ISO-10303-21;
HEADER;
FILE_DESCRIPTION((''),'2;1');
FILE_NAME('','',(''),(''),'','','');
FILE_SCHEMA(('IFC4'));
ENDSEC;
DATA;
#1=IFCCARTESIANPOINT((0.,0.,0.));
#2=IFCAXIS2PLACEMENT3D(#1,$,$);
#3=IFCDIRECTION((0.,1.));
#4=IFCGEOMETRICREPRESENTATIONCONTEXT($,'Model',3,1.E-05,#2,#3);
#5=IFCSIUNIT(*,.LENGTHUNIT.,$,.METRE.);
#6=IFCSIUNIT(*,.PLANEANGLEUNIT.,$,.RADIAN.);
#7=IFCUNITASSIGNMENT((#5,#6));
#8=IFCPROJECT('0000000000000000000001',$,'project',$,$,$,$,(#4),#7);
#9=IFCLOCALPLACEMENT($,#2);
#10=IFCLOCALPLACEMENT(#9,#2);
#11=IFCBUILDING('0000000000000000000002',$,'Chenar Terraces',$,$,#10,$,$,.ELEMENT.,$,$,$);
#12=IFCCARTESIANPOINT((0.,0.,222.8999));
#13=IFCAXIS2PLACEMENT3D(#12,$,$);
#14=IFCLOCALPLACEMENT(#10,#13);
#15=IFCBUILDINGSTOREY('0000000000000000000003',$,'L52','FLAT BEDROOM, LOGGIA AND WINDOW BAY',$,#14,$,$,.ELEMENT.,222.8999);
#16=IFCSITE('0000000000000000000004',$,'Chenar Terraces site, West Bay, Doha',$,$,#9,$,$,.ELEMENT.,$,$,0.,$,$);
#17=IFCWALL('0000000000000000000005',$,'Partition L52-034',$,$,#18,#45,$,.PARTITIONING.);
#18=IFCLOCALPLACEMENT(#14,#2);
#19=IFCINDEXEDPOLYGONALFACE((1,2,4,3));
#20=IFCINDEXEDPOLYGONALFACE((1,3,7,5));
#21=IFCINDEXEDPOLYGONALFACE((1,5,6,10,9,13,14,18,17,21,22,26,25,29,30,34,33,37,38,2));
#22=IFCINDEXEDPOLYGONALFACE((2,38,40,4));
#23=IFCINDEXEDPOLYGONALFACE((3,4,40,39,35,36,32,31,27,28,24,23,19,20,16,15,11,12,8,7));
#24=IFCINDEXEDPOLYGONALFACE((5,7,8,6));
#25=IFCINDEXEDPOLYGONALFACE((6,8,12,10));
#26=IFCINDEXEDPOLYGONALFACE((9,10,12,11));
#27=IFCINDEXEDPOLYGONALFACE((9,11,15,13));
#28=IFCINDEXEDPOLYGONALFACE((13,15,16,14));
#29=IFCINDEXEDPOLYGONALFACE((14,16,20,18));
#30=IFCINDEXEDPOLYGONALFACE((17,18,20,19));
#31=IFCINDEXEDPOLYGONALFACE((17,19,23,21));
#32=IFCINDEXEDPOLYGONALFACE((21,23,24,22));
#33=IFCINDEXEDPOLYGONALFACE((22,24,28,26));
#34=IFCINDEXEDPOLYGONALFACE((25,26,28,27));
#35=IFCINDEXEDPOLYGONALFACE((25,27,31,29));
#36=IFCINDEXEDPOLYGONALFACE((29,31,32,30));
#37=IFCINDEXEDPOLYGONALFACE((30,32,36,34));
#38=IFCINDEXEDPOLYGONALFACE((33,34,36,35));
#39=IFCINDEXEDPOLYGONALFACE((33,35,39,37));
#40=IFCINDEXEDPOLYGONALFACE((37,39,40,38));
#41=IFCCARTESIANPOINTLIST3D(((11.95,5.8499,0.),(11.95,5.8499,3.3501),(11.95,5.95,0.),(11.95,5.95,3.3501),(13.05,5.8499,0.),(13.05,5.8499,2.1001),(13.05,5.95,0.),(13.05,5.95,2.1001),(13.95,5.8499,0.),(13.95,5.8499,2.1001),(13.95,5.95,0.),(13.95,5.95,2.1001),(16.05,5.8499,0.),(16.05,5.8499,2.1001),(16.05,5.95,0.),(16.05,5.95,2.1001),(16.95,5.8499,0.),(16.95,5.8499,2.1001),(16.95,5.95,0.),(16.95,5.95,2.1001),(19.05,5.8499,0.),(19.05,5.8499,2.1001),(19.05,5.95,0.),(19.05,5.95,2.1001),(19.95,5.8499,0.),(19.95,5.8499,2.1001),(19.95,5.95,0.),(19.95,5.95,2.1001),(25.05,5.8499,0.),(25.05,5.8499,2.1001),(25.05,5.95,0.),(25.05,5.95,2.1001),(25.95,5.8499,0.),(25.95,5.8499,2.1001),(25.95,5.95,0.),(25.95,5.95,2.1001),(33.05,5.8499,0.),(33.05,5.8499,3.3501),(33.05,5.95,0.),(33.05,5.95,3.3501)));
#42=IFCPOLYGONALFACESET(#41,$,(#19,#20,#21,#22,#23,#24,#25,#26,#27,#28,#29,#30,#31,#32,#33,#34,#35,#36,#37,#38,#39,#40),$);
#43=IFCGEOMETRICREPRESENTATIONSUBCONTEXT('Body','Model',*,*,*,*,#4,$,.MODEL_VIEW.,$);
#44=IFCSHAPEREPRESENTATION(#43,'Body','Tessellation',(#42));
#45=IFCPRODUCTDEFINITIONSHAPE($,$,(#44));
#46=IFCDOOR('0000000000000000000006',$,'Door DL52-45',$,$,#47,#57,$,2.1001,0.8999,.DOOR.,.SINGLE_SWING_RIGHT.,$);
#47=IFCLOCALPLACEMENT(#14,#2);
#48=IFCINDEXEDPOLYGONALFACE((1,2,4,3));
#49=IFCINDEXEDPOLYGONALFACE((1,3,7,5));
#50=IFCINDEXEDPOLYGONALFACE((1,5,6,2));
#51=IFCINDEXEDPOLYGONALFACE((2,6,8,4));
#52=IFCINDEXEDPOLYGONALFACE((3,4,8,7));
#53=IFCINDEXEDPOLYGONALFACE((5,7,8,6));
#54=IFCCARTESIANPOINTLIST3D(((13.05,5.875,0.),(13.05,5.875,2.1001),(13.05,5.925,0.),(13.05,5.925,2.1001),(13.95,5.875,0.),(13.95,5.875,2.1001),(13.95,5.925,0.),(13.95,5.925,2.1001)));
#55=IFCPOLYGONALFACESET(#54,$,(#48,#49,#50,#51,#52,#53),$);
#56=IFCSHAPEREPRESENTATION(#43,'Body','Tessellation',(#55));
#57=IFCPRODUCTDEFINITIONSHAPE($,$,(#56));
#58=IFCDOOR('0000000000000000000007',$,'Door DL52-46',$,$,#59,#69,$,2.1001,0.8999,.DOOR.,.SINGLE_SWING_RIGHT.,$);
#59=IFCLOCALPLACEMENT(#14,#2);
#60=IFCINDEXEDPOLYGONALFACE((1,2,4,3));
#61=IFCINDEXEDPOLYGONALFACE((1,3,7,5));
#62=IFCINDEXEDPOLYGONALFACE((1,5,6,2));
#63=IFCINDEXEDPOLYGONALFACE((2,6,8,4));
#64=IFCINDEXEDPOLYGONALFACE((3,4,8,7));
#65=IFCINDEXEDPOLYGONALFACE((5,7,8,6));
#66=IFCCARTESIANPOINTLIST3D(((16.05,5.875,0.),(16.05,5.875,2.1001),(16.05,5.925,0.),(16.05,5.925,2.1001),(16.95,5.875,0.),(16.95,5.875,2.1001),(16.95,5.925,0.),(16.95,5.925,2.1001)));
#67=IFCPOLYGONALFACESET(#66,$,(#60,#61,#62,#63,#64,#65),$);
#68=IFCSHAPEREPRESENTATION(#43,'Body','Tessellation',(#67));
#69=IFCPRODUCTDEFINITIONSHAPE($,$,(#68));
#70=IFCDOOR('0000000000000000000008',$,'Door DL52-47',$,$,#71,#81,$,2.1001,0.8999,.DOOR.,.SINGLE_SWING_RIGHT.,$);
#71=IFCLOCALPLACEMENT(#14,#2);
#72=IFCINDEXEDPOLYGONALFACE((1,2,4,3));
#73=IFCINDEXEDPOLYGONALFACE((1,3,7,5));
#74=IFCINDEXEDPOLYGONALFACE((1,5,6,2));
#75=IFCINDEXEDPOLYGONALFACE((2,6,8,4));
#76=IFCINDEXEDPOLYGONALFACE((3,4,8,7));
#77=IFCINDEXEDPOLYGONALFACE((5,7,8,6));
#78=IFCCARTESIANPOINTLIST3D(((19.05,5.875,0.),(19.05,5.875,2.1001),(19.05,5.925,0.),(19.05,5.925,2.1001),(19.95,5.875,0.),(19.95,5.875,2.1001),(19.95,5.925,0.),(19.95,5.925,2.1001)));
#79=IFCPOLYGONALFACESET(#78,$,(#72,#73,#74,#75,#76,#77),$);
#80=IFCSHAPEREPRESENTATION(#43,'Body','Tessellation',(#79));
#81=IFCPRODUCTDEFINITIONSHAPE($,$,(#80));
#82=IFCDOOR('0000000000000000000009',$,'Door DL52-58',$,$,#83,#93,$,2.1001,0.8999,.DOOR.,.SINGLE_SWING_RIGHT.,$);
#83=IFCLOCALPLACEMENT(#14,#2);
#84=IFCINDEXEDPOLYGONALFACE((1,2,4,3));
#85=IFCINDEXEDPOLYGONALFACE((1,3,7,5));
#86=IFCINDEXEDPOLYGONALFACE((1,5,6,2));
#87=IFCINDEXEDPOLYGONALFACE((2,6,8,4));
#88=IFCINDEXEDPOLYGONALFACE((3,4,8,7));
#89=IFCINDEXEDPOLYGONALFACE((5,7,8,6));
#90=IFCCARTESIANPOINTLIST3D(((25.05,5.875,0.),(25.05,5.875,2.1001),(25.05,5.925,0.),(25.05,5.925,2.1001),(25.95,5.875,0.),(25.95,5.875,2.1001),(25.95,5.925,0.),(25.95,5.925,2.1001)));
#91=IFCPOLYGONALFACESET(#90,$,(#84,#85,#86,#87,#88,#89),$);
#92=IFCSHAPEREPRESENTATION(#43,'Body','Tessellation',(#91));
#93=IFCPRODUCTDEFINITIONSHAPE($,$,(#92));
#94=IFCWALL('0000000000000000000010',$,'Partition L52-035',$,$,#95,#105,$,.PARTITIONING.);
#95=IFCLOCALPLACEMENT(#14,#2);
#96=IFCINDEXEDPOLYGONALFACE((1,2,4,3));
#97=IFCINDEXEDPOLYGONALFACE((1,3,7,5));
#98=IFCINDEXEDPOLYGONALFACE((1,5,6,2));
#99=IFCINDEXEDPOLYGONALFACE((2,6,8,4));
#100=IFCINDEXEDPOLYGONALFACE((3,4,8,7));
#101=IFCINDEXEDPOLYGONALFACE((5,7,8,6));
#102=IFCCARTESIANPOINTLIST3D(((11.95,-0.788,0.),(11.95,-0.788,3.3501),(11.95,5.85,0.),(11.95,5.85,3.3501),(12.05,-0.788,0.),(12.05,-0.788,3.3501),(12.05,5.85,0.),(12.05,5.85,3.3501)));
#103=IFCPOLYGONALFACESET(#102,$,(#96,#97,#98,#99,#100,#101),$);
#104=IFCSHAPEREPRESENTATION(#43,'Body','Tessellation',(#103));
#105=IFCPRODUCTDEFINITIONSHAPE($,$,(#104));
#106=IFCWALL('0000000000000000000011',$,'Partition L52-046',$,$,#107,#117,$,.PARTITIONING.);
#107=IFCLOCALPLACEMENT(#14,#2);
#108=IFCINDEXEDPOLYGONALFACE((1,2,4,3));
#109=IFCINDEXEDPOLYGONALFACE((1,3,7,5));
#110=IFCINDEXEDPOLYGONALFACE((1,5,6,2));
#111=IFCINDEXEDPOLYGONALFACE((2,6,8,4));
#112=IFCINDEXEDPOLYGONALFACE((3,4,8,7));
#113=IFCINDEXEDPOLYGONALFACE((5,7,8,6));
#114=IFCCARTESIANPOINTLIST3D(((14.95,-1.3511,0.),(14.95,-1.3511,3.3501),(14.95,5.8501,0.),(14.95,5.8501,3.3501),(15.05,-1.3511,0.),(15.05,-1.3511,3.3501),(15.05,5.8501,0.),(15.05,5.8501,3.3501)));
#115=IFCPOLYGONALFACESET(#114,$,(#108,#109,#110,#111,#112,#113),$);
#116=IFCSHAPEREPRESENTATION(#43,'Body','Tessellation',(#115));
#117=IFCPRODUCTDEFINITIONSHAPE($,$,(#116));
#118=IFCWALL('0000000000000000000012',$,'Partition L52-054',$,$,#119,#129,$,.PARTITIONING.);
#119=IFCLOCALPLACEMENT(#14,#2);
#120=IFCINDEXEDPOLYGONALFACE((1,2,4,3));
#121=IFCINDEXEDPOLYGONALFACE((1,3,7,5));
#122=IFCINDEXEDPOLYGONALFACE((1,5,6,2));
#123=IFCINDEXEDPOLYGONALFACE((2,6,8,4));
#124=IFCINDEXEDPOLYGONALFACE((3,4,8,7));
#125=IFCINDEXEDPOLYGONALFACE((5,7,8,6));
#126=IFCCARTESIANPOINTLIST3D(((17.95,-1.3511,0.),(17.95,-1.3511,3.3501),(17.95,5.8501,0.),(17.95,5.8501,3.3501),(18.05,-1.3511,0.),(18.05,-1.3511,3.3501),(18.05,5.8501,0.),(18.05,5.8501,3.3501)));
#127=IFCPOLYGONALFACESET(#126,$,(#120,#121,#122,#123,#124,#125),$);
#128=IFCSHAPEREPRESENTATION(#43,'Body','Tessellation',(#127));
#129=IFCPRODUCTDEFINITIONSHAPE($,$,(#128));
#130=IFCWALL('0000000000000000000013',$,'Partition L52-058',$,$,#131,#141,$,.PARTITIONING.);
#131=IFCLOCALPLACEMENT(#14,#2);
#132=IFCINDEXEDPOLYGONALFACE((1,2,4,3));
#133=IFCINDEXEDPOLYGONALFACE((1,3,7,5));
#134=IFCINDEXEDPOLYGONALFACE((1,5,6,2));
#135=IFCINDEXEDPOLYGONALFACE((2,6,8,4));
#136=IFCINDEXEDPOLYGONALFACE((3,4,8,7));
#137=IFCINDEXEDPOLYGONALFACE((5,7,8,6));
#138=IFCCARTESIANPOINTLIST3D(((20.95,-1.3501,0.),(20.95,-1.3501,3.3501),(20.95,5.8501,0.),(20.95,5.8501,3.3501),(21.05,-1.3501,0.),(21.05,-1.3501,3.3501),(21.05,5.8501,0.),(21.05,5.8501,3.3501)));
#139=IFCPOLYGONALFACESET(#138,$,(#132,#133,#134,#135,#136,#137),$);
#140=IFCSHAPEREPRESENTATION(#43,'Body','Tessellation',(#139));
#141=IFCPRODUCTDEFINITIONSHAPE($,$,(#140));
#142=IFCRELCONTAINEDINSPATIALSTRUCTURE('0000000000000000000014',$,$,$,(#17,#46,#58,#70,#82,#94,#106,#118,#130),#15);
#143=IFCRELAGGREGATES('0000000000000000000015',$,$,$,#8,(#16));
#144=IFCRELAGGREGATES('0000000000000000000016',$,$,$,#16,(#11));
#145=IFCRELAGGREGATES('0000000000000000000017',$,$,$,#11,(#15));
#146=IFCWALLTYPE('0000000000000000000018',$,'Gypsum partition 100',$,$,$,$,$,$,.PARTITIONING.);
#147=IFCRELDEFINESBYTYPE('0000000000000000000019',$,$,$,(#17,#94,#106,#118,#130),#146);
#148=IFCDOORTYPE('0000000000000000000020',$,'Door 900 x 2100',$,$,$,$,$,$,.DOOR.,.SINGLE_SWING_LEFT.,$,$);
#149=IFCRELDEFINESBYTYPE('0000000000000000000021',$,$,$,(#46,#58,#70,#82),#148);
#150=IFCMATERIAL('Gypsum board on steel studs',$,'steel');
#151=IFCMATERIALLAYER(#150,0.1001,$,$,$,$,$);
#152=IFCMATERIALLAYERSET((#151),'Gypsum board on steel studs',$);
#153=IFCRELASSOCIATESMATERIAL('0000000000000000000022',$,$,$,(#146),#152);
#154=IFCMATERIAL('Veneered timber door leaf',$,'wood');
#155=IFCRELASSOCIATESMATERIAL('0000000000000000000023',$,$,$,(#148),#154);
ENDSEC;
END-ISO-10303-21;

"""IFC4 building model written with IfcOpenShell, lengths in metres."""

from ifc_helpers import new_model, si_unit, direction, frame, frame_2d, origin, place, context, subcontext, project, spatial, rectangle, extrude, material, layer, layer_set, type_object, element, fill, save


model = new_model("IFC4")

# Units and contexts
model_context = context("Model", 3, precision=1e-05, world=origin(), true_north=direction((0.0, 1.0)))
body_context = subcontext(model_context, "Body", "Model", "MODEL_VIEW")
ifc_project = project(units=[si_unit("LENGTHUNIT", "METRE"), si_unit("PLANEANGLEUNIT", "RADIAN")], contexts=[model_context])

# Site, building, storey
site_placement = place(None, origin())
site = spatial("IfcSite", under=ifc_project, at=site_placement, Name="Chenar Terraces site, West Bay, Doha", CompositionType="ELEMENT", RefElevation=0.0)
building_placement = place(site_placement, origin())
building = spatial("IfcBuilding", under=site, at=building_placement, Name="Chenar Terraces", CompositionType="ELEMENT")
storey_placement = place(building_placement, frame((0.0, 0.0, 222.8999)))
storey = spatial("IfcBuildingStorey", under=building, at=storey_placement, Name="L52", Description="FLAT BEDROOM, LOGGIA AND WINDOW BAY", CompositionType="ELEMENT", Elevation=222.8999)

# Shared definitions
ifc_material_1 = material(Name="Gypsum board on steel studs", Category="steel")
ifc_layer_1 = layer(ifc_material_1, 0.1001)
ifc_layer_set_1 = layer_set([ifc_layer_1], Name="Gypsum board on steel studs")
wall_type_1 = type_object("IfcWallType", Name="Gypsum partition 100", PredefinedType="PARTITIONING", material=ifc_layer_set_1)

# Wall, openings, doors
wall_1_placement = place(storey_placement, frame((11.95, 5.8999, 0.0), z_axis=(0.0, 0.0, 1.0), x_axis=(1.0, 0.0, 0.0)))
wall_1 = element("IfcWall", 1, at=wall_1_placement, inside=storey, type_object=wall_type_1, Name="Partition L52-034", PredefinedType="PARTITIONING", context=body_context, shape_type="SweptSolid", body=[
    extrude(rectangle(XDim=21.1001, YDim=0.1001, at=frame_2d((10.55, 0.0))), origin(), (0.0, 0.0, 1.0), 3.3501),
])
opening_1_placement = place(wall_1_placement, frame((1.1001, 0.0, 0.0)))
opening_1 = element("IfcOpeningElement", 2, at=opening_1_placement, cuts=wall_1, PredefinedType="OPENING", context=body_context, shape_type="SweptSolid", body=[
    extrude(rectangle(XDim=0.8999, YDim=2.1001, at=frame_2d((0.45, 1.05))), frame((0.0, 0.0601, 0.0), z_axis=(0.0, -1.0, 0.0), x_axis=(1.0, 0.0, 0.0)), (0.0, 0.0, 1.0), 0.1201),
])
opening_2_placement = place(wall_1_placement, frame((4.1001, 0.0, 0.0)))
opening_2 = element("IfcOpeningElement", 3, at=opening_2_placement, cuts=wall_1, PredefinedType="OPENING", context=body_context, shape_type="SweptSolid", body=[
    extrude(rectangle(XDim=0.8999, YDim=2.1001, at=frame_2d((0.45, 1.05))), frame((0.0, 0.0601, 0.0), z_axis=(0.0, -1.0, 0.0), x_axis=(1.0, 0.0, 0.0)), (0.0, 0.0, 1.0), 0.1201),
])
opening_3_placement = place(wall_1_placement, frame((7.1001, 0.0, 0.0)))
opening_3 = element("IfcOpeningElement", 4, at=opening_3_placement, cuts=wall_1, PredefinedType="OPENING", context=body_context, shape_type="SweptSolid", body=[
    extrude(rectangle(XDim=0.8999, YDim=2.1001, at=frame_2d((0.45, 1.05))), frame((0.0, 0.0601, 0.0), z_axis=(0.0, -1.0, 0.0), x_axis=(1.0, 0.0, 0.0)), (0.0, 0.0, 1.0), 0.1201),
])
opening_4_placement = place(wall_1_placement, frame((13.1001, 0.0, 0.0)))
opening_4 = element("IfcOpeningElement", 5, at=opening_4_placement, cuts=wall_1, PredefinedType="OPENING", context=body_context, shape_type="SweptSolid", body=[
    extrude(rectangle(XDim=0.8999, YDim=2.1001, at=frame_2d((0.45, 1.05))), frame((0.0, 0.0601, 0.0), z_axis=(0.0, -1.0, 0.0), x_axis=(1.0, 0.0, 0.0)), (0.0, 0.0, 1.0), 0.1201),
])
ifc_material_2 = material(Name="Veneered timber door leaf", Category="wood")
door_type = type_object("IfcDoorType", Name="Door 900 x 2100", OperationType="SINGLE_SWING_LEFT", PredefinedType="DOOR", material=ifc_material_2)
door_1_placement = place(opening_1_placement, frame((0.8999, 0.0, 0.0), z_axis=(0.0, 0.0, 1.0), x_axis=(-1.0, 0.0, 0.0)))
door_1 = element("IfcDoor", 6, at=door_1_placement, inside=storey, type_object=door_type, Name="Door DL52-45", OperationType="SINGLE_SWING_RIGHT", OverallHeight=2.1001, OverallWidth=0.8999, PredefinedType="DOOR", context=body_context, shape_type="SweptSolid", body=[
    extrude(rectangle(XDim=0.8999, YDim=2.1001, at=frame_2d((0.45, 1.05))), frame((0.0, 0.0249, 0.0), z_axis=(0.0, -1.0, 0.0), x_axis=(1.0, 0.0, 0.0)), (0.0, 0.0, 1.0), 0.05),
])
fill(opening_1, door_1)
door_2_placement = place(opening_2_placement, frame((0.8999, 0.0, 0.0), z_axis=(0.0, 0.0, 1.0), x_axis=(-1.0, 0.0, 0.0)))
door_2 = element("IfcDoor", 7, at=door_2_placement, inside=storey, type_object=door_type, Name="Door DL52-46", OperationType="SINGLE_SWING_RIGHT", OverallHeight=2.1001, OverallWidth=0.8999, PredefinedType="DOOR", context=body_context, shape_type="SweptSolid", body=[
    extrude(rectangle(XDim=0.8999, YDim=2.1001, at=frame_2d((0.45, 1.05))), frame((0.0, 0.0249, 0.0), z_axis=(0.0, -1.0, 0.0), x_axis=(1.0, 0.0, 0.0)), (0.0, 0.0, 1.0), 0.05),
])
fill(opening_2, door_2)
door_3_placement = place(opening_3_placement, frame((0.8999, 0.0, 0.0), z_axis=(0.0, 0.0, 1.0), x_axis=(-1.0, 0.0, 0.0)))
door_3 = element("IfcDoor", 8, at=door_3_placement, inside=storey, type_object=door_type, Name="Door DL52-47", OperationType="SINGLE_SWING_RIGHT", OverallHeight=2.1001, OverallWidth=0.8999, PredefinedType="DOOR", context=body_context, shape_type="SweptSolid", body=[
    extrude(rectangle(XDim=0.8999, YDim=2.1001, at=frame_2d((0.45, 1.05))), frame((0.0, 0.0249, 0.0), z_axis=(0.0, -1.0, 0.0), x_axis=(1.0, 0.0, 0.0)), (0.0, 0.0, 1.0), 0.05),
])
fill(opening_3, door_3)
door_4_placement = place(opening_4_placement, frame((0.8999, 0.0, 0.0), z_axis=(0.0, 0.0, 1.0), x_axis=(-1.0, 0.0, 0.0)))
door_4 = element("IfcDoor", 9, at=door_4_placement, inside=storey, type_object=door_type, Name="Door DL52-58", OperationType="SINGLE_SWING_RIGHT", OverallHeight=2.1001, OverallWidth=0.8999, PredefinedType="DOOR", context=body_context, shape_type="SweptSolid", body=[
    extrude(rectangle(XDim=0.8999, YDim=2.1001, at=frame_2d((0.45, 1.05))), frame((0.0, 0.0249, 0.0), z_axis=(0.0, -1.0, 0.0), x_axis=(1.0, 0.0, 0.0)), (0.0, 0.0, 1.0), 0.05),
])
fill(opening_4, door_4)

# Walls
wall_2_placement = place(storey_placement, frame((12.0, -0.7878, 0.0), z_axis=(0.0, 0.0, 1.0), x_axis=(0.0, 1.0, 0.0)))
element("IfcWall", 10, at=wall_2_placement, inside=storey, type_object=wall_type_1, Name="Partition L52-035", PredefinedType="PARTITIONING", context=body_context, shape_type="SweptSolid", body=[
    extrude(rectangle(XDim=6.6379, YDim=0.1001, at=frame_2d((3.3188, 0.0))), origin(), (0.0, 0.0, 1.0), 3.3501),
])
for number, where, z_axis, x_axis, name in (
    (11, (15.0, -1.3511, 0.0), (0.0, 0.0, 1.0), (0.0, 1.0, 0.0), "Partition L52-046"),
    (12, (18.0, -1.3511, 0.0), (0.0, 0.0, 1.0), (0.0, 1.0, 0.0), "Partition L52-054"),
):
    element("IfcWall", number, at=place(storey_placement, frame(where, z_axis=z_axis, x_axis=x_axis)), inside=storey, type_object=wall_type_1, Name=name, PredefinedType="PARTITIONING", context=body_context, shape_type="SweptSolid", body=[
        extrude(rectangle(XDim=7.2012, YDim=0.1001, at=frame_2d((3.6006, 0.0))), origin(), (0.0, 0.0, 1.0), 3.3501),
    ])
wall_3_placement = place(storey_placement, frame((21.0, -1.3501, 0.0), z_axis=(0.0, 0.0, 1.0), x_axis=(0.0, 1.0, 0.0)))
element("IfcWall", 13, at=wall_3_placement, inside=storey, type_object=wall_type_1, Name="Partition L52-058", PredefinedType="PARTITIONING", context=body_context, shape_type="SweptSolid", body=[
    extrude(rectangle(XDim=7.2002, YDim=0.1001, at=frame_2d((3.6001, 0.0))), origin(), (0.0, 0.0, 1.0), 3.3501),
])

save(model, "model.ifc")
